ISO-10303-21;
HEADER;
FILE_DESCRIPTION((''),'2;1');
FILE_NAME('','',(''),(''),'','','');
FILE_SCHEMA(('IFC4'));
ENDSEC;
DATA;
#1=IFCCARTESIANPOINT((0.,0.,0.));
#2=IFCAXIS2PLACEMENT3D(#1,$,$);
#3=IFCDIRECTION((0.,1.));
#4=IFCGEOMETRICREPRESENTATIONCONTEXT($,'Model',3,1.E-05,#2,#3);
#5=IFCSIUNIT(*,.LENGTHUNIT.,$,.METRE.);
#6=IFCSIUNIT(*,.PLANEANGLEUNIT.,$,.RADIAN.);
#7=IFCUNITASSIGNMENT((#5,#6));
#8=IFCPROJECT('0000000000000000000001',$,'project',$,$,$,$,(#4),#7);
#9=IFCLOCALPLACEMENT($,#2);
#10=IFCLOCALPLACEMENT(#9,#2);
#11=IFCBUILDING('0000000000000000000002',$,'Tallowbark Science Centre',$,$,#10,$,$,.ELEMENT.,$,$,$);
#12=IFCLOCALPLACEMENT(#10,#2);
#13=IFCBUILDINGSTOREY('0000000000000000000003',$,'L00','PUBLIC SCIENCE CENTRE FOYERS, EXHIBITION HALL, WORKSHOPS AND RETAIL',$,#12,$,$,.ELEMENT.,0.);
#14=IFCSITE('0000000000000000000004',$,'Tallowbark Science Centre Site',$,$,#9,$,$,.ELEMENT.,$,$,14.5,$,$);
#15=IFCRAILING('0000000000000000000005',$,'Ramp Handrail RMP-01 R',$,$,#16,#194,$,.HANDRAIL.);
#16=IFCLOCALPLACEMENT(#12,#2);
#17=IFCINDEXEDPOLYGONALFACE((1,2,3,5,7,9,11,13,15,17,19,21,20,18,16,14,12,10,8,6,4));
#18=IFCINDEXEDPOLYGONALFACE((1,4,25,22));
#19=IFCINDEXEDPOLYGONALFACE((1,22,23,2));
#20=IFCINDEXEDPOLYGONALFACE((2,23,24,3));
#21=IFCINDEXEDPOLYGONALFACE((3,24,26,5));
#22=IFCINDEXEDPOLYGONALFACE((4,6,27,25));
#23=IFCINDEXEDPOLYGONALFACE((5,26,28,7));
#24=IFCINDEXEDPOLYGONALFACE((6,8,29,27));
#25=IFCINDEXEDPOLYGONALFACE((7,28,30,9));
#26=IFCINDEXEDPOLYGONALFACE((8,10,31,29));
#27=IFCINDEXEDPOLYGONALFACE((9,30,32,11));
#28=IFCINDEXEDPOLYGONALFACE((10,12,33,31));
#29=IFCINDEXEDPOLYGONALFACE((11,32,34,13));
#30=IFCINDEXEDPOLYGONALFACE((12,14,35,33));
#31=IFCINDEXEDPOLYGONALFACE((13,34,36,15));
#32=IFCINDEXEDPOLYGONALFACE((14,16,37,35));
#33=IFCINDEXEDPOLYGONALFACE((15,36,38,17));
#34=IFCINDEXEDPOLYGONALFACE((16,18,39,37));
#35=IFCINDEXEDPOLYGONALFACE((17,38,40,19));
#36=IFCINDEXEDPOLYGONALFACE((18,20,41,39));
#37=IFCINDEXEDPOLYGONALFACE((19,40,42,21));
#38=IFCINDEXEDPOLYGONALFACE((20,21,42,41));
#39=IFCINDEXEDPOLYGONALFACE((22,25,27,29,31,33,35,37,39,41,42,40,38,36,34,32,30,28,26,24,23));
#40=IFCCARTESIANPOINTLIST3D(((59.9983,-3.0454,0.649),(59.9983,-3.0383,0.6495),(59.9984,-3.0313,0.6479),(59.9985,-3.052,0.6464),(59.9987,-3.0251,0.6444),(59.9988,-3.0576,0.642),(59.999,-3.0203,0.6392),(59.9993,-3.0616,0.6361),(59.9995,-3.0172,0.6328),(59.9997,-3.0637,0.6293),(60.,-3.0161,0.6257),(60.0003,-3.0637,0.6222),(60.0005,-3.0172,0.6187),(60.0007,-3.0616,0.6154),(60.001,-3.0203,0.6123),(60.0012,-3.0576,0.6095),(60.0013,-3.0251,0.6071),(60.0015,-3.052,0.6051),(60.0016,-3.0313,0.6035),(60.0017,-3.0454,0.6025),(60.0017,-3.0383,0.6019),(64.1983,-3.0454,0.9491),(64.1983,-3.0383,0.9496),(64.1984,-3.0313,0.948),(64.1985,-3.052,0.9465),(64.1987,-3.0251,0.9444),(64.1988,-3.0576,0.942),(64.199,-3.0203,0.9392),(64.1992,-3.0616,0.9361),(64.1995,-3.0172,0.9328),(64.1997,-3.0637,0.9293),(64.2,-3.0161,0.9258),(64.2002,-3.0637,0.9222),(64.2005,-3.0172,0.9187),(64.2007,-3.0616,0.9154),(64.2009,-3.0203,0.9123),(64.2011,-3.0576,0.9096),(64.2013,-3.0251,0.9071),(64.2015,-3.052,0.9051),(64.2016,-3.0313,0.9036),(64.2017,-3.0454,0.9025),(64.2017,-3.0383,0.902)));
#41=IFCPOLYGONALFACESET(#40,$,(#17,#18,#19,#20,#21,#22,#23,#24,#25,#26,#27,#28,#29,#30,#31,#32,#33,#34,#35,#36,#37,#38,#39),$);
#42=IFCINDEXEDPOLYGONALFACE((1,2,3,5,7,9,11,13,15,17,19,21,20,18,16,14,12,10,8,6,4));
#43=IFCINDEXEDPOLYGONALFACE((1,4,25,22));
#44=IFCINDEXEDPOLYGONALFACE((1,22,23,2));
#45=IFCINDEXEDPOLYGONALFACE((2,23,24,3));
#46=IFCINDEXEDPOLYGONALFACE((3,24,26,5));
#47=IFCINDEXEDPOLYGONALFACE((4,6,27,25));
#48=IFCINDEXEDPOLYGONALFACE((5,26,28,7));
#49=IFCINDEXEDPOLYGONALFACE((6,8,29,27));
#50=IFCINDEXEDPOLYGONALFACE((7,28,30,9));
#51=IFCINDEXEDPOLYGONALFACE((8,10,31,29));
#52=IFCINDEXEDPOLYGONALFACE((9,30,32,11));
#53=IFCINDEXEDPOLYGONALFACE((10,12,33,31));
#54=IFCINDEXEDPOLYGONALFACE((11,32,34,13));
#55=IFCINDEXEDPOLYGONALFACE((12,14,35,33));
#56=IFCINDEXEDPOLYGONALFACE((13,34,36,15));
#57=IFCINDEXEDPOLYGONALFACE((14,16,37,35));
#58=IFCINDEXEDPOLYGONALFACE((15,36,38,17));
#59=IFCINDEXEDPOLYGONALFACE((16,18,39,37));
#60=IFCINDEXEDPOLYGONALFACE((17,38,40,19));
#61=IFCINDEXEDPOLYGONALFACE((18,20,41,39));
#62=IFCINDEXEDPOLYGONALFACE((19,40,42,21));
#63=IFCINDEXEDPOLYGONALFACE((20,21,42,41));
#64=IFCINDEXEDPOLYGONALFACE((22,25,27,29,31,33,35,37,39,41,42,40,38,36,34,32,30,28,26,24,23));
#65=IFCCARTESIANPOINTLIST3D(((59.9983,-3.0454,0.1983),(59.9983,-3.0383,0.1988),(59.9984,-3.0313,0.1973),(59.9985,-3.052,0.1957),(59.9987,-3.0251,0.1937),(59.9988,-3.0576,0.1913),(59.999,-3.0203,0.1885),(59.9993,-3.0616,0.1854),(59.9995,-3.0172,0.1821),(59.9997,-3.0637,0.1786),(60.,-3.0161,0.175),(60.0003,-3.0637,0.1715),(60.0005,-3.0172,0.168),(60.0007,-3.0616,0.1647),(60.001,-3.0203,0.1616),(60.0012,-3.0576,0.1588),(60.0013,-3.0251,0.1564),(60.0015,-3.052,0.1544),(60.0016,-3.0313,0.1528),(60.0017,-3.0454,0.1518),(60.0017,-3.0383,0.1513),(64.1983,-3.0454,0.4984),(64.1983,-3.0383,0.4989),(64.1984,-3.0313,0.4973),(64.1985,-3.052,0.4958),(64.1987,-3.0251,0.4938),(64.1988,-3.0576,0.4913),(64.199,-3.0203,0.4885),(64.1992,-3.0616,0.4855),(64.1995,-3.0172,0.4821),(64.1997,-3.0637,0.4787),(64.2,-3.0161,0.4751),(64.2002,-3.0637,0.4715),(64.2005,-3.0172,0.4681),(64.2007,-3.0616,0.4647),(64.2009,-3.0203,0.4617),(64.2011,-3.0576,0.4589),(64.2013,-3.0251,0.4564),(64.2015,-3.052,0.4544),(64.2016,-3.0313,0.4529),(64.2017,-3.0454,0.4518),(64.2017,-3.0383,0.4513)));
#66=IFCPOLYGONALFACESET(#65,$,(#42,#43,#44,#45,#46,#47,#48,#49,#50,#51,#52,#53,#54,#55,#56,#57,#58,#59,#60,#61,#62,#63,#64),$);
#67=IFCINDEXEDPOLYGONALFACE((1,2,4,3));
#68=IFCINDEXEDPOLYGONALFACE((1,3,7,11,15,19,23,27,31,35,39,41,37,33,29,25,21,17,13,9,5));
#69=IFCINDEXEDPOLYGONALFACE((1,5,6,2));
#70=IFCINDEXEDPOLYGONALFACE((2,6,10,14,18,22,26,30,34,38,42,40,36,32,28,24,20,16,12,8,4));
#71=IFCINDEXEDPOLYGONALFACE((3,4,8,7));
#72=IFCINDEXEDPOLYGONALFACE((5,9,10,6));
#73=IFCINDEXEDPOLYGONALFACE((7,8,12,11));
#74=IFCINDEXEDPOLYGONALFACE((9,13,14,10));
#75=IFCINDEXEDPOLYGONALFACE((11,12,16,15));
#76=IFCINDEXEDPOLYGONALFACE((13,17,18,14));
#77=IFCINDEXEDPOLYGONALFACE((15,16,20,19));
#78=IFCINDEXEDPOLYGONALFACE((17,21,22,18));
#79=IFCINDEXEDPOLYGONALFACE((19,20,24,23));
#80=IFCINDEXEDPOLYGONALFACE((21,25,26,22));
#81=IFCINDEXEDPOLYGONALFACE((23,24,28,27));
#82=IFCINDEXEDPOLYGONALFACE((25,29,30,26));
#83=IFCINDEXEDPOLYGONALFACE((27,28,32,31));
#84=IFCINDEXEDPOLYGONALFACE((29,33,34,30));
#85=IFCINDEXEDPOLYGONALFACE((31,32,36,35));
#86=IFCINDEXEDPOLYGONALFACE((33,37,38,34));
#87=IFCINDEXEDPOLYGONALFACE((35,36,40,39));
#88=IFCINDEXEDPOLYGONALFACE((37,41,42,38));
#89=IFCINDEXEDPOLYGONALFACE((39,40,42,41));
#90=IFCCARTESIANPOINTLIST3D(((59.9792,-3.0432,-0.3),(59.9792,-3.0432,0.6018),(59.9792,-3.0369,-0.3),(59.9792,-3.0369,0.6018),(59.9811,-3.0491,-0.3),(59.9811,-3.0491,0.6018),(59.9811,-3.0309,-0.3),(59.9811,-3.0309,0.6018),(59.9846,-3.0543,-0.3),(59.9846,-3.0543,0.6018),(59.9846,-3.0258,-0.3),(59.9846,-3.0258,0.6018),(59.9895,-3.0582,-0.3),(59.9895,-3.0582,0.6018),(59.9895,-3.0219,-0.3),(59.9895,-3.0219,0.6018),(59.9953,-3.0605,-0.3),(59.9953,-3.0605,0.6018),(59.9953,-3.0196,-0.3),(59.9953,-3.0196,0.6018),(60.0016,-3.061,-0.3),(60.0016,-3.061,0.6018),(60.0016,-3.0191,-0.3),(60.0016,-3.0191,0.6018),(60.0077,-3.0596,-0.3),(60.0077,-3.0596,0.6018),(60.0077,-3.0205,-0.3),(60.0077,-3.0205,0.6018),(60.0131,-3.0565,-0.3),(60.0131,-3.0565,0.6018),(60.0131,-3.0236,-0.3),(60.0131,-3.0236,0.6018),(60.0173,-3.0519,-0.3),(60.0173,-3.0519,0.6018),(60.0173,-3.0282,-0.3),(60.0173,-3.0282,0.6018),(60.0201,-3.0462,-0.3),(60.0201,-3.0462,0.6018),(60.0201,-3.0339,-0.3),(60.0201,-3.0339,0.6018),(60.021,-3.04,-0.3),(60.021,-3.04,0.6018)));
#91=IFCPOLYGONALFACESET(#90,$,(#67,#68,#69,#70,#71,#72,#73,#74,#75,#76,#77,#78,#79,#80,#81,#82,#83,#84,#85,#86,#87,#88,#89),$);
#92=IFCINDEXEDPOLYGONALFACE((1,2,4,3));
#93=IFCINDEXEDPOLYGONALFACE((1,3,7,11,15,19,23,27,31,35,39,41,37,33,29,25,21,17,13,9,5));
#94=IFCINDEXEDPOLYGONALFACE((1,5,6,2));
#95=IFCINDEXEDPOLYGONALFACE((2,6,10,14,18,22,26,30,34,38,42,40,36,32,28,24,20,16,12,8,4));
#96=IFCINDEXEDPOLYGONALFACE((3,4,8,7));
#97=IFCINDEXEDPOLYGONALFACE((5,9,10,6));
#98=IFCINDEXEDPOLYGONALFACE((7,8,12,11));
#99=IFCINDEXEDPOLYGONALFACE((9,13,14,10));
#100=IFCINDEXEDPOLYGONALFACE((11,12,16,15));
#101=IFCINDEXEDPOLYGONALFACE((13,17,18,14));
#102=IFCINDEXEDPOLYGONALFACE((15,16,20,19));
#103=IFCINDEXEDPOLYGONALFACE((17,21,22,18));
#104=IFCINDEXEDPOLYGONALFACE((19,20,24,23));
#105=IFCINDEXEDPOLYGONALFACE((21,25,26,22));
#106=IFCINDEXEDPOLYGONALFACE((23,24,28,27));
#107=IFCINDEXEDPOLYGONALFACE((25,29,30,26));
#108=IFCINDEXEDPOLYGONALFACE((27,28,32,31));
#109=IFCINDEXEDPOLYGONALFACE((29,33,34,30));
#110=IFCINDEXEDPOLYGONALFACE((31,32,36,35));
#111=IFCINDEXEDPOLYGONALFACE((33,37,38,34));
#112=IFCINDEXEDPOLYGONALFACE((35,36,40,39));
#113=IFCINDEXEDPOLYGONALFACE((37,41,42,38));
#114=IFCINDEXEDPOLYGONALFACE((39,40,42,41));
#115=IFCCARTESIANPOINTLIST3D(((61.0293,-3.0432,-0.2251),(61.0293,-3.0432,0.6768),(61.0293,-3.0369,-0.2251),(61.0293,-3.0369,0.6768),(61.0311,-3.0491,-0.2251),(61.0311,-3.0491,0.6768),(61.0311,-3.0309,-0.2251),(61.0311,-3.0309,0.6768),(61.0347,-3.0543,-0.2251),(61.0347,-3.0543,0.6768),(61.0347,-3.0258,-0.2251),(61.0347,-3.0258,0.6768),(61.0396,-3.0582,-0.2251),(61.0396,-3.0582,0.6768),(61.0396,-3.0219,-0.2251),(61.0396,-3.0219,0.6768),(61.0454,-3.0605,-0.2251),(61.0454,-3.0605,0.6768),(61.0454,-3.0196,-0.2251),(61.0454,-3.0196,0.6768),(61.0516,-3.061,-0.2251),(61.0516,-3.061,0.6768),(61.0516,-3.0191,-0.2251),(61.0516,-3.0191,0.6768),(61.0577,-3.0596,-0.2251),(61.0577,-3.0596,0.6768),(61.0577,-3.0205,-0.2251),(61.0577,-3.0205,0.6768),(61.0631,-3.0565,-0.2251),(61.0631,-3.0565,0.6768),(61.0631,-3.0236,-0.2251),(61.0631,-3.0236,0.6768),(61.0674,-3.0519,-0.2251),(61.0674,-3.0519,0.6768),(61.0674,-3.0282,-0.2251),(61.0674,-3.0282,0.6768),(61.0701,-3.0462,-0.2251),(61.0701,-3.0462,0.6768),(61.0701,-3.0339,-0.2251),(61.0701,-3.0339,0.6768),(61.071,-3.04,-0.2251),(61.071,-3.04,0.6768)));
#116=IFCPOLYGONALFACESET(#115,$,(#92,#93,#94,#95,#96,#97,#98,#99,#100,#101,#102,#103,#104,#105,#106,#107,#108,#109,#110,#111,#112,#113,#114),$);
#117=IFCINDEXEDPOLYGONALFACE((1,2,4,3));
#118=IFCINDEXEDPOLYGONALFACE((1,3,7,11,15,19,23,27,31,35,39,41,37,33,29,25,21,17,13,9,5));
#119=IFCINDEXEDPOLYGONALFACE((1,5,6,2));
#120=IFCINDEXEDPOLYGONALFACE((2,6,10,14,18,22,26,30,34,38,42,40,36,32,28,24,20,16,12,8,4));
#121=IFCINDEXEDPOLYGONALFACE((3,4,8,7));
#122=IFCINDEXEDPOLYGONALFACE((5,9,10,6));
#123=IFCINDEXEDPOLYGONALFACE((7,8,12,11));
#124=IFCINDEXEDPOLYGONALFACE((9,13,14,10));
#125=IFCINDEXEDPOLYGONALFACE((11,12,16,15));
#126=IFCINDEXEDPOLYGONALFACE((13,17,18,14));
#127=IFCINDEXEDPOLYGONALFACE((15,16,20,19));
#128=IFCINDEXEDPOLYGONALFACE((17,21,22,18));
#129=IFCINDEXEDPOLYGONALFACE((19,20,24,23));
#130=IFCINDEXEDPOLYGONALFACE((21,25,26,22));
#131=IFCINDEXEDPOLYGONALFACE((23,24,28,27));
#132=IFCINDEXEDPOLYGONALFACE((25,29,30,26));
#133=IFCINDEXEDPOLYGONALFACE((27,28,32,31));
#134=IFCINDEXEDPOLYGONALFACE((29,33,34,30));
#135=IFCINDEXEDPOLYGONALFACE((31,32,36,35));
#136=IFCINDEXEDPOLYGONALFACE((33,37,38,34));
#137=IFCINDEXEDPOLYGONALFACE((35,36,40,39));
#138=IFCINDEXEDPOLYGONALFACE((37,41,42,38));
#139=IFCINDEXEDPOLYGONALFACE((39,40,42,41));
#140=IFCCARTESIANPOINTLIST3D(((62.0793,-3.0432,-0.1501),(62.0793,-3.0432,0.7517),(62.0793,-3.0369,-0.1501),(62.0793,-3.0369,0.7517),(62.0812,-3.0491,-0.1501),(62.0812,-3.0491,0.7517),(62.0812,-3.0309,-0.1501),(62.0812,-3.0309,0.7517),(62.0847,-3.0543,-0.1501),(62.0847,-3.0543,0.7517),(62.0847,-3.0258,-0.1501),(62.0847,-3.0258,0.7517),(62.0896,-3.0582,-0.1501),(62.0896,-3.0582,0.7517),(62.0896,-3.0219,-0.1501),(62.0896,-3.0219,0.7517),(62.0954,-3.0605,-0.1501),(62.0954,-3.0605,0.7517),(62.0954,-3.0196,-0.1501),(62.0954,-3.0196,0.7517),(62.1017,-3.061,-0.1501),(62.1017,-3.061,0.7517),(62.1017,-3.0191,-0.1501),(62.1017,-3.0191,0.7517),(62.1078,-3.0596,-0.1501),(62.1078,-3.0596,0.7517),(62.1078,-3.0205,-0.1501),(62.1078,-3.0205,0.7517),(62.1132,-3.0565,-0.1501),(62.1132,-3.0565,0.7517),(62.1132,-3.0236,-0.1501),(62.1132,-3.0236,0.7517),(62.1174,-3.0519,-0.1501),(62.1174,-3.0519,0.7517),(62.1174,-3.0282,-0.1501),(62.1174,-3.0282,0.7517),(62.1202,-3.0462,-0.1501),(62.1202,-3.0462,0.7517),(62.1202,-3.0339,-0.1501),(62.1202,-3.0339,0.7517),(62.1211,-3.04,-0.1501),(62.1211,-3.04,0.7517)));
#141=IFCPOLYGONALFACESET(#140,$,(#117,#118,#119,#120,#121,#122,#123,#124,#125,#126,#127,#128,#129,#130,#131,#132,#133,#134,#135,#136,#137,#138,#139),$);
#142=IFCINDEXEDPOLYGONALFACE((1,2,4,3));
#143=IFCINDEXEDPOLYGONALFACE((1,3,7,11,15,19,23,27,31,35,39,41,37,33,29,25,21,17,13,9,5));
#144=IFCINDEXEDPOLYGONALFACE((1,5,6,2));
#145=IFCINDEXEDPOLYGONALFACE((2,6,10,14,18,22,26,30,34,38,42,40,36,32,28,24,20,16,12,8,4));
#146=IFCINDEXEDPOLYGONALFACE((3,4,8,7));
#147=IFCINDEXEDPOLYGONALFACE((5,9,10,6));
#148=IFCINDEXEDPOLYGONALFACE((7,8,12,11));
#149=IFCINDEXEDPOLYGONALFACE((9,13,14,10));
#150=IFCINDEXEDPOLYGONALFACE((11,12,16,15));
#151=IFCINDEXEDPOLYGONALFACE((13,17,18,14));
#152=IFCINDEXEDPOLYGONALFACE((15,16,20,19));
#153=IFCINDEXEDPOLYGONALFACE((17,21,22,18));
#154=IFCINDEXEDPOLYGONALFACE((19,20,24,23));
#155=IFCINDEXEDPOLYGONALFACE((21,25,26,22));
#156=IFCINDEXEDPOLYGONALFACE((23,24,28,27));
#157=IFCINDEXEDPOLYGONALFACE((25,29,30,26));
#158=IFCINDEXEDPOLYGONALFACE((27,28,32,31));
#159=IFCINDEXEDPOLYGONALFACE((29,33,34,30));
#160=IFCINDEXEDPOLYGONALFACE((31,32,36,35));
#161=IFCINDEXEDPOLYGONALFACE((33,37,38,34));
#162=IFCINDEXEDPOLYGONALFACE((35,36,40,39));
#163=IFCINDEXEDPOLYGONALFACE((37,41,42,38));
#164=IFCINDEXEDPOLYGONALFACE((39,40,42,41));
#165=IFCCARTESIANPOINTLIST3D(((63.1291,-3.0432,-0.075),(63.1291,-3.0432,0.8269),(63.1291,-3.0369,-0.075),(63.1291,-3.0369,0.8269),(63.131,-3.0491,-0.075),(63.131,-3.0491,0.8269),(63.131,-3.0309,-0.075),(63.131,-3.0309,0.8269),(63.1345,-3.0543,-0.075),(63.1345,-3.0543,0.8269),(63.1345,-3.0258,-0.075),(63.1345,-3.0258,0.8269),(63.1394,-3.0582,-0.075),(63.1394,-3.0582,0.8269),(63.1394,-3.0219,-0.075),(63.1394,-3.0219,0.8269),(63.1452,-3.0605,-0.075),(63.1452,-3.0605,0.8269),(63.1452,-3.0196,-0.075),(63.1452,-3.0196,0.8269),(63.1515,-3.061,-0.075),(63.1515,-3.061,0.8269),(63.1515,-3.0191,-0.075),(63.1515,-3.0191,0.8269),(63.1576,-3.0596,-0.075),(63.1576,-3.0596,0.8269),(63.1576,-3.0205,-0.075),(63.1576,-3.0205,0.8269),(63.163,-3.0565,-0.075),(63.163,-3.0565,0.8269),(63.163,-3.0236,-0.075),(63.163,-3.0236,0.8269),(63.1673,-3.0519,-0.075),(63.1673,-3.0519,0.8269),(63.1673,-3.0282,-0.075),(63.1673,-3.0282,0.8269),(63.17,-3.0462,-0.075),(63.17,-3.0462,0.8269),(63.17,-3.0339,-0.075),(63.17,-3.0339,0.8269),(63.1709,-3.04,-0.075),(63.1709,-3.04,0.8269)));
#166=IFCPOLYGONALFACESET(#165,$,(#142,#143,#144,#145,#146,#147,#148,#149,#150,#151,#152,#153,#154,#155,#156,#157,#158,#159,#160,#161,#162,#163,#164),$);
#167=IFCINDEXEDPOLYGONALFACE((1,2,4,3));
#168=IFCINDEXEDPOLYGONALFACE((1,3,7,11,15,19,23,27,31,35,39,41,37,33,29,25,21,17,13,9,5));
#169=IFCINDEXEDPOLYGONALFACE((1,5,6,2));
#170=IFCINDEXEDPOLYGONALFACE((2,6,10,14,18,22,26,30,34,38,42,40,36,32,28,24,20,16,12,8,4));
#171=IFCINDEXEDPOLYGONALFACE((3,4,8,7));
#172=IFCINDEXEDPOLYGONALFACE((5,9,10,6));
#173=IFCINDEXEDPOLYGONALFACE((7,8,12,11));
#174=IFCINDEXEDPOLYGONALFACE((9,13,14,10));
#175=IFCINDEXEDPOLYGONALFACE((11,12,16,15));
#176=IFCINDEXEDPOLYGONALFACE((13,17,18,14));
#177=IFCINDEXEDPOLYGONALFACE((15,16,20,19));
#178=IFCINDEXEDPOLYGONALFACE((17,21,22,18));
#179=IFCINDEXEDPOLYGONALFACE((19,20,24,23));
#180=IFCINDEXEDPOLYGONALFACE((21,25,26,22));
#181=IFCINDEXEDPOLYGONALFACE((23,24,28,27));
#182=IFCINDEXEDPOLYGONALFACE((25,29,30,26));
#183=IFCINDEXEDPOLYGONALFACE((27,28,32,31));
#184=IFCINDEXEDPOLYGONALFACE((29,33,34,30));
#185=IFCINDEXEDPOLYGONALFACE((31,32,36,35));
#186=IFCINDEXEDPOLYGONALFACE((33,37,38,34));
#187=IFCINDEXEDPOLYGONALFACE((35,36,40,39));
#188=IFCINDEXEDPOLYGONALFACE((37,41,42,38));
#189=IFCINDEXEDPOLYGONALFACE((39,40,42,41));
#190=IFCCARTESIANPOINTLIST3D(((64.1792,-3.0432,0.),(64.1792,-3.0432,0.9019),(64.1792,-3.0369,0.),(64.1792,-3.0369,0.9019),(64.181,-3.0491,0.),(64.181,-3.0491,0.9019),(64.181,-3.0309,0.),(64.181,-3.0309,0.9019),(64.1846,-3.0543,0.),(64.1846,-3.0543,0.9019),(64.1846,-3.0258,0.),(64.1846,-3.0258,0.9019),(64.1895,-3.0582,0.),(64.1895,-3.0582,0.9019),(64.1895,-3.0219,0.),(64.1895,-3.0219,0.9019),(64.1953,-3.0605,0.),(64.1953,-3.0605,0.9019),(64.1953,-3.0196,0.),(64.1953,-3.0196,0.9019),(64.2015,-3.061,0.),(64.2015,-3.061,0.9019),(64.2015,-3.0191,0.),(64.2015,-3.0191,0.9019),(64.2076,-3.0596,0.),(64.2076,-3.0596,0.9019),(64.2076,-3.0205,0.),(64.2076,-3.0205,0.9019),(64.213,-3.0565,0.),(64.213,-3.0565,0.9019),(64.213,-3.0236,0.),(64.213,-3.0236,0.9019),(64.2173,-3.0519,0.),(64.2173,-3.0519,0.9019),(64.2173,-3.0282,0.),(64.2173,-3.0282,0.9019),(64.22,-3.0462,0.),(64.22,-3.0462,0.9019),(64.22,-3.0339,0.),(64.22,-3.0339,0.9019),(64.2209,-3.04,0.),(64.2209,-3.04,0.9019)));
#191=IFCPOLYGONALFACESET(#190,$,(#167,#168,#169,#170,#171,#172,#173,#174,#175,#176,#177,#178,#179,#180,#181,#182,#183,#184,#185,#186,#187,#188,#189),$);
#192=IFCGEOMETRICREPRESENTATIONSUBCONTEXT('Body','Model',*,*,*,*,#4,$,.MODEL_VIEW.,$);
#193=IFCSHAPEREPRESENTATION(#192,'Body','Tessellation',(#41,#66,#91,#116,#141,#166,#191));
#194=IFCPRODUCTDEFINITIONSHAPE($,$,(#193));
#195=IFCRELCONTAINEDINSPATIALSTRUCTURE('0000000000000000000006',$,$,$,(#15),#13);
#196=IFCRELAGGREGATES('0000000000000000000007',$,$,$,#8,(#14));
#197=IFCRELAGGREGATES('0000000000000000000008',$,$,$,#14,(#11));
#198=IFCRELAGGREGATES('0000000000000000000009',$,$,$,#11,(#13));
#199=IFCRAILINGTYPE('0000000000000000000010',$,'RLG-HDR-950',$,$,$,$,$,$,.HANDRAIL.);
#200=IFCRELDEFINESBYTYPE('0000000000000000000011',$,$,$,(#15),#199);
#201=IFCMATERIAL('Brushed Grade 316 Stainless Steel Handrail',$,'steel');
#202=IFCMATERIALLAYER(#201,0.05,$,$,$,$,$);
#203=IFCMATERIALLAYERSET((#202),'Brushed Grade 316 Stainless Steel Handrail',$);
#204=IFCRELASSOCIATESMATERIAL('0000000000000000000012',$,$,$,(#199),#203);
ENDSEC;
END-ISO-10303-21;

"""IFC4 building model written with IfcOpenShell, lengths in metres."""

from ifc_helpers import new_model, si_unit, direction, frame, origin, origin_2d, place, context, subcontext, project, spatial, circle, extrude, material, layer, layer_set, type_object, element, save


model = new_model("IFC4")

# Units and contexts
model_context = context("Model", 3, precision=1e-05, world=origin(), true_north=direction((0.0, 1.0)))
body_context = subcontext(model_context, "Body", "Model", "MODEL_VIEW")
ifc_project = project(units=[si_unit("LENGTHUNIT", "METRE"), si_unit("PLANEANGLEUNIT", "RADIAN")], contexts=[model_context])

# Site, building, storey
site_placement = place(None, origin())
site = spatial("IfcSite", under=ifc_project, at=site_placement, Name="Tallowbark Science Centre Site", CompositionType="ELEMENT", RefElevation=14.5)
building_placement = place(site_placement, origin())
building = spatial("IfcBuilding", under=site, at=building_placement, Name="Tallowbark Science Centre", CompositionType="ELEMENT")
storey_placement = place(building_placement, origin())
storey = spatial("IfcBuildingStorey", under=building, at=storey_placement, Name="L00", Description="PUBLIC SCIENCE CENTRE FOYERS, EXHIBITION HALL, WORKSHOPS AND RETAIL", CompositionType="ELEMENT", Elevation=0.0)

# Railing
ifc_material_1 = material(Name="Brushed Grade 316 Stainless Steel Handrail", Category="steel")
ifc_layer_1 = layer(ifc_material_1, 0.05)
ifc_layer_set_1 = layer_set([ifc_layer_1], Name="Brushed Grade 316 Stainless Steel Handrail")
railing_type = type_object("IfcRailingType", Name="RLG-HDR-950", PredefinedType="HANDRAIL", material=ifc_layer_set_1)
for number, where, name in (
    (1, (60.0, -3.04, -0.3), "Ramp Handrail RMP-01 R"),
):
    element("IfcRailing", number, at=place(storey_placement, frame(where)), inside=storey, type_object=railing_type, Name=name, PredefinedType="HANDRAIL", context=body_context, shape_type="SweptSolid", body=[
        extrude(circle(Radius=0.0239, at=origin_2d()), frame((0.0, 0.0, 0.9258), z_axis=(0.997458, 0.0, 0.071259), x_axis=(0.0, 1.0, 0.0)), (0.0, 0.0, 1.0), 4.2107),
        extrude(circle(Radius=0.0239, at=origin_2d()), frame((0.0, 0.0, 0.4751), z_axis=(0.997458, 0.0, 0.071259), x_axis=(0.0, 1.0, 0.0)), (0.0, 0.0, 1.0), 4.2107),
        extrude(circle(Radius=0.021, at=origin_2d()), origin(), (0.0, 0.0, 1.0), 0.9019),
        extrude(circle(Radius=0.021, at=origin_2d()), frame((1.05, 0.0, 0.075)), (0.0, 0.0, 1.0), 0.9019),
        extrude(circle(Radius=0.021, at=origin_2d()), frame((2.1001, 0.0, 0.1499)), (0.0, 0.0, 1.0), 0.9019),
        extrude(circle(Radius=0.021, at=origin_2d()), frame((3.1499, 0.0, 0.2251)), (0.0, 0.0, 1.0), 0.9019),
        extrude(circle(Radius=0.021, at=origin_2d()), frame((4.2, 0.0, 0.3)), (0.0, 0.0, 1.0), 0.9019),
    ])

save(model, "model.ifc")
